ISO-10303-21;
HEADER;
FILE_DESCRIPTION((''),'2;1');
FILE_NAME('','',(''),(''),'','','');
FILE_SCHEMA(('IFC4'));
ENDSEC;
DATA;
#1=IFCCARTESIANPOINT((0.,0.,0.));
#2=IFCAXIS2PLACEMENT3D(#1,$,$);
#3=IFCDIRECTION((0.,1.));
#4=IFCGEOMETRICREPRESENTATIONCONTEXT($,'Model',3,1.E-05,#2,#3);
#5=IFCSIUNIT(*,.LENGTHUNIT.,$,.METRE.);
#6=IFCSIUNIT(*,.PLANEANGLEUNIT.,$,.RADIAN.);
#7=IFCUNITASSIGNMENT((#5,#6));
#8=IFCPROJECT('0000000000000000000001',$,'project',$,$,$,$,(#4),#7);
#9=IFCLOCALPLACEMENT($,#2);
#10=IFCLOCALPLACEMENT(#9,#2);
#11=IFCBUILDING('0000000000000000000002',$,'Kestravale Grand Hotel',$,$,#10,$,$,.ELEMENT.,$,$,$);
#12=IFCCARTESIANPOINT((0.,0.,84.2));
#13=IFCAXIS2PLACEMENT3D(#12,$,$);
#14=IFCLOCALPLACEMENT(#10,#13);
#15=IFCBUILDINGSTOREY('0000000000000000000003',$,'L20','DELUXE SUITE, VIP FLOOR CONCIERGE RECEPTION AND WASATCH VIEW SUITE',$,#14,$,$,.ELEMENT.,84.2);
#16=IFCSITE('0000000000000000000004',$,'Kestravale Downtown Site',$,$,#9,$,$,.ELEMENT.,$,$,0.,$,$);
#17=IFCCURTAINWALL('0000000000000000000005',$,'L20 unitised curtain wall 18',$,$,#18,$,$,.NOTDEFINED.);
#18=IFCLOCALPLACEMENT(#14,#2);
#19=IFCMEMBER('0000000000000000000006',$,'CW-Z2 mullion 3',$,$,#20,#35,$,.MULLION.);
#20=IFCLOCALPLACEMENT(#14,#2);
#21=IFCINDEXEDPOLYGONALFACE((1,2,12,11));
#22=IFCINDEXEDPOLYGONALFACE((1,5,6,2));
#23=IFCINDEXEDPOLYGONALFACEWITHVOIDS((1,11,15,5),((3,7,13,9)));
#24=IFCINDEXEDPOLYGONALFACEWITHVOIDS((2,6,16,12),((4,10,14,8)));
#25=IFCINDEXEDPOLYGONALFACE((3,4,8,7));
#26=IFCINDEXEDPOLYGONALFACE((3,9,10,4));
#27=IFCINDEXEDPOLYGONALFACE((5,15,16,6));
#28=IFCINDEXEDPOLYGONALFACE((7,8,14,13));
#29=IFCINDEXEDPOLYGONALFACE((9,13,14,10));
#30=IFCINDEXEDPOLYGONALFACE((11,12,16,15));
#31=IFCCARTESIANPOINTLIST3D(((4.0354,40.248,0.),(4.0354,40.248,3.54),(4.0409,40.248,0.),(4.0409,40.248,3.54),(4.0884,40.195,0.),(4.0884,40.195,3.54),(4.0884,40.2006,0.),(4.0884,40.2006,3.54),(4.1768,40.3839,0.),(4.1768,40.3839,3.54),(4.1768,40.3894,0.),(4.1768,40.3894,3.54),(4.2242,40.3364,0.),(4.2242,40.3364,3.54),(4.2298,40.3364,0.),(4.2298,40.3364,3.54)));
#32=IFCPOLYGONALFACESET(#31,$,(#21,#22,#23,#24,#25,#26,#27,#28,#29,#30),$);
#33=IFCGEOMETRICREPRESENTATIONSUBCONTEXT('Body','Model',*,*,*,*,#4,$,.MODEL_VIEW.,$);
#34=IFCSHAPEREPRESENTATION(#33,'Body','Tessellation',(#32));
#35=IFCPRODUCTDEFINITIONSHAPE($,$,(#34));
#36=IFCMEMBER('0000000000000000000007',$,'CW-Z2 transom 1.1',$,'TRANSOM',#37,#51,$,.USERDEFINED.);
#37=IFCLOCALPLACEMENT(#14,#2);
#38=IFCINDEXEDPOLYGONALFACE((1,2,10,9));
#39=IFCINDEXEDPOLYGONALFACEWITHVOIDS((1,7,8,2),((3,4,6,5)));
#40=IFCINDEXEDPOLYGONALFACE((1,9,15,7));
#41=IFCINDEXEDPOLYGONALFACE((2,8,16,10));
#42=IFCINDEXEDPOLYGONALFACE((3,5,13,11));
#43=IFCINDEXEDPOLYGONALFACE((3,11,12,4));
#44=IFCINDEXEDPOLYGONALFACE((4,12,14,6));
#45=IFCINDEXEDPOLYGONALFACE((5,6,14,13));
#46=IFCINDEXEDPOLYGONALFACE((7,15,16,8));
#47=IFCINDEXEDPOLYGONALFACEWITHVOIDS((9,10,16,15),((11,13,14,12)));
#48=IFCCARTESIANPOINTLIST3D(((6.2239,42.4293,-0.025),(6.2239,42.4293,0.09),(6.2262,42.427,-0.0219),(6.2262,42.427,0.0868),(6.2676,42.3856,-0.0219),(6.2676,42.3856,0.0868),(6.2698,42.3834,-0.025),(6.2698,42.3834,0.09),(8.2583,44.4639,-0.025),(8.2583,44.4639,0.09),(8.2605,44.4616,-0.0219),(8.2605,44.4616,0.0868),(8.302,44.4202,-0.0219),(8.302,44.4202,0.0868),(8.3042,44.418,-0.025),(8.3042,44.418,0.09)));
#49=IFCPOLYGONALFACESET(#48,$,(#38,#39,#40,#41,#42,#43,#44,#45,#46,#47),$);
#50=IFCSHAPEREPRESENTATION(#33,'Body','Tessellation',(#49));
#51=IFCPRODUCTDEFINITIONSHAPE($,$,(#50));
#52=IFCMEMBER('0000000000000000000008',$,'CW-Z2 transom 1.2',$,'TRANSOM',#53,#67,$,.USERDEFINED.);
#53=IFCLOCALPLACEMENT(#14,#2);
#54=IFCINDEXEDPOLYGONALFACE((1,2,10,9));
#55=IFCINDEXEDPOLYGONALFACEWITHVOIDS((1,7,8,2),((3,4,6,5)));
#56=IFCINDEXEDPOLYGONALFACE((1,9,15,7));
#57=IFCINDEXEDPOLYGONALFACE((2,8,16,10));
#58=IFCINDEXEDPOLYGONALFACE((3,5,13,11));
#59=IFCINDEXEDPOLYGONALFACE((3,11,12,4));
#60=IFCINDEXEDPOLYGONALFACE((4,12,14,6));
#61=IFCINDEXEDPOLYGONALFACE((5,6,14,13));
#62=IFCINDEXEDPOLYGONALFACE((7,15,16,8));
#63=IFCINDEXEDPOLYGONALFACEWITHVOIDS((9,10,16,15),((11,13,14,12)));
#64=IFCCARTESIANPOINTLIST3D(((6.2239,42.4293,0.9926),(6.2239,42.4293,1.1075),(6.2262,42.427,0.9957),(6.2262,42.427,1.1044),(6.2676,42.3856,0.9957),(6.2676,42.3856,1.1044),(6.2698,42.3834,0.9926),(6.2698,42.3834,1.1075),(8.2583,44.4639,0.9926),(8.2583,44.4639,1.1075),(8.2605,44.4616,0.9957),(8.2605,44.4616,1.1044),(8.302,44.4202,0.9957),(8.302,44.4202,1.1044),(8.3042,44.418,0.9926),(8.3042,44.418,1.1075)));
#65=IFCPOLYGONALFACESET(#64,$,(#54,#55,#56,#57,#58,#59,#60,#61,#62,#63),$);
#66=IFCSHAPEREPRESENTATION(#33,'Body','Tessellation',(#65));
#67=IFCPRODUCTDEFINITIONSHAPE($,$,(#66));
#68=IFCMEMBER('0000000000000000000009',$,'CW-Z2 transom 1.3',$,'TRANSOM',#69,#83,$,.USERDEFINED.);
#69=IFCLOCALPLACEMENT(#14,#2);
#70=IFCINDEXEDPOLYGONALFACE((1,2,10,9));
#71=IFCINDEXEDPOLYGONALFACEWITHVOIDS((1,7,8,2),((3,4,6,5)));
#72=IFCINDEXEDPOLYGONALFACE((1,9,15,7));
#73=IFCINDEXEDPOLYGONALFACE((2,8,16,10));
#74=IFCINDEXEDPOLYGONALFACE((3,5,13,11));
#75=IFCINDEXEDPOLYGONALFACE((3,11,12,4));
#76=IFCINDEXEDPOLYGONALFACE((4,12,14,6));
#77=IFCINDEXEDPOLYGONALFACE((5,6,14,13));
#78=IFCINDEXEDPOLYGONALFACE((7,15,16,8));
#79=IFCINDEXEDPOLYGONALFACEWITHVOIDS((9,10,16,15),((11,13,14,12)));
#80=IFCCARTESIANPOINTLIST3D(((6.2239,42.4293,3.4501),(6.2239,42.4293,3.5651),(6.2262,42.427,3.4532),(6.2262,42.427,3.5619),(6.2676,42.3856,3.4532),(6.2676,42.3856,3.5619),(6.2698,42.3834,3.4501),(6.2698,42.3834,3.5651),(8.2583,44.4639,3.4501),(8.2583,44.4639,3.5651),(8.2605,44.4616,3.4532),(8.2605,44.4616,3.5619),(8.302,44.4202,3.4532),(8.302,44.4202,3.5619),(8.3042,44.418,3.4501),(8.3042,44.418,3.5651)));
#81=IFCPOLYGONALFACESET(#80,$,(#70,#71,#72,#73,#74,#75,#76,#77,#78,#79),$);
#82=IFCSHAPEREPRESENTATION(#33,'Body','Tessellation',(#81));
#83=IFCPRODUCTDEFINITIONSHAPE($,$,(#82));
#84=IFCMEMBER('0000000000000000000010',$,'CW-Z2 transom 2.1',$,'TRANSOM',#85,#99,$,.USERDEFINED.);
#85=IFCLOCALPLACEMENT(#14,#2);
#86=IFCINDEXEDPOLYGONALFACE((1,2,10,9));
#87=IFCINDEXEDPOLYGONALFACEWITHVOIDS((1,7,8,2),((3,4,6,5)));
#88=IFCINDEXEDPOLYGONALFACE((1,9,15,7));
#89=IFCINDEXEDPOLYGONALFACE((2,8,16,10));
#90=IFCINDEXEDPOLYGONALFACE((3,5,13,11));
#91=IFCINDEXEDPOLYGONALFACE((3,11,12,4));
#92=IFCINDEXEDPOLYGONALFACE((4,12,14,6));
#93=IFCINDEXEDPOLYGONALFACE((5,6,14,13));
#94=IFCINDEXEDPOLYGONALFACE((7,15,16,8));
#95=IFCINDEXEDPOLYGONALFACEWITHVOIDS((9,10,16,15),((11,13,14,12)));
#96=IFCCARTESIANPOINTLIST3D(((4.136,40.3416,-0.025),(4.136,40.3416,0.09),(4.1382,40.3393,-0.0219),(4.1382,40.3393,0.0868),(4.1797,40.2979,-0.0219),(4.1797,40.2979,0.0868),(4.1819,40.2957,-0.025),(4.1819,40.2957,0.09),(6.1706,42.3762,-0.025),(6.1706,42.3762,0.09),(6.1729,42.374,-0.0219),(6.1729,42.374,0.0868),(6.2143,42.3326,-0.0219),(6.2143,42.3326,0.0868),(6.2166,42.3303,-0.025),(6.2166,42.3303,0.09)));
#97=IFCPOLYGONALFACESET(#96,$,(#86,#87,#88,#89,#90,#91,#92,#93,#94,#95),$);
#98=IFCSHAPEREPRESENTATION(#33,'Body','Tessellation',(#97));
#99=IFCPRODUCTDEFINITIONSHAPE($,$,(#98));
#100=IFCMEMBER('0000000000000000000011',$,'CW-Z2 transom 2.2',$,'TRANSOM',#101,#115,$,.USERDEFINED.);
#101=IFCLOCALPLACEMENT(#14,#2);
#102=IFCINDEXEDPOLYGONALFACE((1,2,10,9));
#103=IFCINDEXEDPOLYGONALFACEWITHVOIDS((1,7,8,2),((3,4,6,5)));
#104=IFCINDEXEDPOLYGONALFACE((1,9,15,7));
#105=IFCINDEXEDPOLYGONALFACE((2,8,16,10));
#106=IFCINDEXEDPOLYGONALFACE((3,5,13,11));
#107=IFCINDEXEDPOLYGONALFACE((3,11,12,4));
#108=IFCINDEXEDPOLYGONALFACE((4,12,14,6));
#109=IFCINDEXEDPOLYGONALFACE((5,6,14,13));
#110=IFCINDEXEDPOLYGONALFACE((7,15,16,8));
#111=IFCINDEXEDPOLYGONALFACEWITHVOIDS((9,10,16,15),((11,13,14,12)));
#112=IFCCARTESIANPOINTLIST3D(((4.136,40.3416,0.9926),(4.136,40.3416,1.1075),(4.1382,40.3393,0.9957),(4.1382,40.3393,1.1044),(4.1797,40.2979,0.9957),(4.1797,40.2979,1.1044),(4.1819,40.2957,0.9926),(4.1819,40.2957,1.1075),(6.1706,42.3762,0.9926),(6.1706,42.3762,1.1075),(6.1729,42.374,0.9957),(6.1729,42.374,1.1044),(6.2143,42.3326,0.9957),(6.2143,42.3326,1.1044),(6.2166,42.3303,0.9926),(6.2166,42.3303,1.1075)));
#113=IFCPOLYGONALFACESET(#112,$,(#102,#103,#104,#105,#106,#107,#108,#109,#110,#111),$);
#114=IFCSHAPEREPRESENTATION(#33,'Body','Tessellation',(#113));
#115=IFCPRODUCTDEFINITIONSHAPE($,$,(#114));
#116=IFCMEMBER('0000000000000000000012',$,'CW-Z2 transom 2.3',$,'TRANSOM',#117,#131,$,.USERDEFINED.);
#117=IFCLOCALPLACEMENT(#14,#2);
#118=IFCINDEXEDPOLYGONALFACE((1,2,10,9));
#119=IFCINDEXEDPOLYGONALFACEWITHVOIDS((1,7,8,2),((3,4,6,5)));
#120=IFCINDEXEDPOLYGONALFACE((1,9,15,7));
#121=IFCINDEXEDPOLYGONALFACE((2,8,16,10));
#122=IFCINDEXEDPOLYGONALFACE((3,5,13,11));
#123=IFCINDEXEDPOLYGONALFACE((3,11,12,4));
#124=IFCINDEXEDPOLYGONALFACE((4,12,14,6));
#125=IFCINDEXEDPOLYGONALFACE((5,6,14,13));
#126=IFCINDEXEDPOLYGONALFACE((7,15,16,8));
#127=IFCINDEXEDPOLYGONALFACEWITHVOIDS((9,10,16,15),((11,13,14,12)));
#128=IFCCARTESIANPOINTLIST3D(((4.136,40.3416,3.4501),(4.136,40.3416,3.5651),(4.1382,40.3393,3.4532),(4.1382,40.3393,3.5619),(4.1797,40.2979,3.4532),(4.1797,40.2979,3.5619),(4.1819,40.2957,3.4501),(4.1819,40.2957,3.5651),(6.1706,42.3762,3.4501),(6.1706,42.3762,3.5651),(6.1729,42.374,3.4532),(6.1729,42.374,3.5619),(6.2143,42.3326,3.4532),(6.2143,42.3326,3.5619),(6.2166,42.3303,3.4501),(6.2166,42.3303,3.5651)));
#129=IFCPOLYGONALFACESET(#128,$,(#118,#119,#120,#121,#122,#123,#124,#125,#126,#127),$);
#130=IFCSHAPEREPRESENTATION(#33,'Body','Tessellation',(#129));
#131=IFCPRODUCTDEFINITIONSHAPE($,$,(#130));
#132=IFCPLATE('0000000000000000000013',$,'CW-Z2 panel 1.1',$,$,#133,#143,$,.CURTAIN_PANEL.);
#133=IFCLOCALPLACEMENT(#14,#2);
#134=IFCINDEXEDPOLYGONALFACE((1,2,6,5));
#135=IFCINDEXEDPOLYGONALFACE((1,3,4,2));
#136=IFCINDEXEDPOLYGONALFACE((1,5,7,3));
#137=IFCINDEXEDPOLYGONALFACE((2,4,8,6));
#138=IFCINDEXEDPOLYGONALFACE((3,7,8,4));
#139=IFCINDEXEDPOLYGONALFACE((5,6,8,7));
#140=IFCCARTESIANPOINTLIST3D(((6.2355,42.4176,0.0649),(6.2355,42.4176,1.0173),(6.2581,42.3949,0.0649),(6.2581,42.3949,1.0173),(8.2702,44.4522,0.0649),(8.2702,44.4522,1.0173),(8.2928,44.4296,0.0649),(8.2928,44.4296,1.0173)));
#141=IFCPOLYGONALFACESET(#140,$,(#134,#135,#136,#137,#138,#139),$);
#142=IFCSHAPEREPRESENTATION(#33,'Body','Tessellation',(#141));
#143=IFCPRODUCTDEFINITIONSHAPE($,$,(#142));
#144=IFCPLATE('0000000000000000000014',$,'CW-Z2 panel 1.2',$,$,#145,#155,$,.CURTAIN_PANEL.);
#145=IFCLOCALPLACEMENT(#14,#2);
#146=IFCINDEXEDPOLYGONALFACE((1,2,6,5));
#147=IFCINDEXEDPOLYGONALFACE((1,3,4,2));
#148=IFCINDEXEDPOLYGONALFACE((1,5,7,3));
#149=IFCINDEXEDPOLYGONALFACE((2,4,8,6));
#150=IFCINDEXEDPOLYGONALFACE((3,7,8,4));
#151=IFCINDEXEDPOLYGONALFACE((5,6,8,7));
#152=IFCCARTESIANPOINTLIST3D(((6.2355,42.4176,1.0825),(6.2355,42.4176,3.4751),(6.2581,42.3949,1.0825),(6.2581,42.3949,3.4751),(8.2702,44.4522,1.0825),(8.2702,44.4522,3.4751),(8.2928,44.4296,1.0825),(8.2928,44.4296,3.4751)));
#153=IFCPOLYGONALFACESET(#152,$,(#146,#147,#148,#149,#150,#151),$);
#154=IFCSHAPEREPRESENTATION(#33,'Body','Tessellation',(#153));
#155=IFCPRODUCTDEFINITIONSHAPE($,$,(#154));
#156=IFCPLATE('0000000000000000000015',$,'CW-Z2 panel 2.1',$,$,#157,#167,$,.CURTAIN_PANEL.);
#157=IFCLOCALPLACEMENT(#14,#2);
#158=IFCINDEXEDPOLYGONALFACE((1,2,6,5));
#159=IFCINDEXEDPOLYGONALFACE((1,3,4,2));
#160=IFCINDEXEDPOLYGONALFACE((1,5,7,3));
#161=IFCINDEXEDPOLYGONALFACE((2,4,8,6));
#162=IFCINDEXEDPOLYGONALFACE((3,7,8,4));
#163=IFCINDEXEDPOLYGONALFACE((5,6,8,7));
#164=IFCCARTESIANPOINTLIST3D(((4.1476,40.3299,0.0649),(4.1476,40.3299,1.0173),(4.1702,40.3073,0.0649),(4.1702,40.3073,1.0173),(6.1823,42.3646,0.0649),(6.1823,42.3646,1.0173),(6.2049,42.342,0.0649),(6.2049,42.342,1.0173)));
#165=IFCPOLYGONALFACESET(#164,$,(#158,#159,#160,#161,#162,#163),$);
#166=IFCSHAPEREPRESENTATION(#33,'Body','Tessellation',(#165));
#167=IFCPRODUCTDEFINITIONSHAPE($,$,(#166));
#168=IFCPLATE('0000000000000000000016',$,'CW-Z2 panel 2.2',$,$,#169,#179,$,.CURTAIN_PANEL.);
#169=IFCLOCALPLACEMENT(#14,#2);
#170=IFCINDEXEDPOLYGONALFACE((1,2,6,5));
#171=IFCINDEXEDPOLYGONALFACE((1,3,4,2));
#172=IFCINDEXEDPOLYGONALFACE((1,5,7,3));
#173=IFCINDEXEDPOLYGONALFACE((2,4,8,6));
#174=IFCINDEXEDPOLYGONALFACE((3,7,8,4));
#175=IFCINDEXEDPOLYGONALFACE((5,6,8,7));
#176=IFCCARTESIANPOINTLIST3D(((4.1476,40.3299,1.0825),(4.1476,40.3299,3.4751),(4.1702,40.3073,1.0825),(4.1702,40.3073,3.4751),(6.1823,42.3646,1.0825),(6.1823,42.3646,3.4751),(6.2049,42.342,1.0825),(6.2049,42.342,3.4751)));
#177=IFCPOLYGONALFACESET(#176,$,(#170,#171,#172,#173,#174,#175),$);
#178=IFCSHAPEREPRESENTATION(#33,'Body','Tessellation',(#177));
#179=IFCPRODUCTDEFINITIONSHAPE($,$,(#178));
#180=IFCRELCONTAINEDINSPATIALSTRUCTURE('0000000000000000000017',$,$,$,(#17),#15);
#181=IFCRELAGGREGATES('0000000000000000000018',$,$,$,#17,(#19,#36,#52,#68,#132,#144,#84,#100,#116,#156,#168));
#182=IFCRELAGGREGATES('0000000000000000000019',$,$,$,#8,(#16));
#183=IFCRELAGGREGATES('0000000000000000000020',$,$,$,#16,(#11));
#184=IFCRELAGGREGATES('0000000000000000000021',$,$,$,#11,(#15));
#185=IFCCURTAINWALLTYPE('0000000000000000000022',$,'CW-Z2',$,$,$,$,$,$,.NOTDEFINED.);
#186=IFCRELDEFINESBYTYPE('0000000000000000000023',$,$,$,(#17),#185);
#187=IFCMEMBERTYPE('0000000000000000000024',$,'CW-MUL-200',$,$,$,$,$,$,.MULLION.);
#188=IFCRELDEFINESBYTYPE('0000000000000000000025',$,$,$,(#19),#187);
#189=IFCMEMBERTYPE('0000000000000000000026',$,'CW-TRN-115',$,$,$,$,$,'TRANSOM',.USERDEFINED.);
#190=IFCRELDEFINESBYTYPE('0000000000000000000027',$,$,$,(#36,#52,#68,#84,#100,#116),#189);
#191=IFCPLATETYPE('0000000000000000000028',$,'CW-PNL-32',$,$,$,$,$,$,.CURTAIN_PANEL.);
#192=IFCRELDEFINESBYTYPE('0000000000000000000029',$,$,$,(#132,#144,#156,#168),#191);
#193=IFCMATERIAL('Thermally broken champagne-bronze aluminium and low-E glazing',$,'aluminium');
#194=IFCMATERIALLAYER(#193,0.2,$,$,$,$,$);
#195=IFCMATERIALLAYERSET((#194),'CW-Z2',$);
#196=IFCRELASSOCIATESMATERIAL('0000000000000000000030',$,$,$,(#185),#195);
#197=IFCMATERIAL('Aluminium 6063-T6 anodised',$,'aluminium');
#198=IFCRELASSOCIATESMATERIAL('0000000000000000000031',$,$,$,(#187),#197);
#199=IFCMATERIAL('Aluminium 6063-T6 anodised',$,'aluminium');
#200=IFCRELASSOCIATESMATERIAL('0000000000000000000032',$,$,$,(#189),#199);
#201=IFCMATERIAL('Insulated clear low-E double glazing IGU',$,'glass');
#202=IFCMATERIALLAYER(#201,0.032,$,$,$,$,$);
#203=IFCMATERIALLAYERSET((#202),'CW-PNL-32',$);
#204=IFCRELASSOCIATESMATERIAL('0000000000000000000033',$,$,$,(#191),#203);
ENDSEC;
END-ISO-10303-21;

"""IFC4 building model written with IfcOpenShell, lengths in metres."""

from ifc_helpers import new_model, si_unit, direction, frame, origin, origin_2d, place, context, subcontext, project, spatial, rectangle, hollow_rectangle, extrude, material, layer, layer_set, material_profile, profile_set, type_object, element, aggregate, save


model = new_model("IFC4")

# Units and contexts
model_context = context("Model", 3, precision=1e-05, world=origin(), true_north=direction((0.0, 1.0)))
body_context = subcontext(model_context, "Body", "Model", "MODEL_VIEW")
ifc_project = project(units=[si_unit("LENGTHUNIT", "METRE"), si_unit("PLANEANGLEUNIT", "RADIAN")], contexts=[model_context])

# Site, building, storey
site_placement = place(None, origin())
site = spatial("IfcSite", under=ifc_project, at=site_placement, Name="Kestravale Downtown Site", CompositionType="ELEMENT", RefElevation=0.0)
building_placement = place(site_placement, origin())
building = spatial("IfcBuilding", under=site, at=building_placement, Name="Kestravale Grand Hotel", CompositionType="ELEMENT")
storey_placement = place(building_placement, frame((0.0, 0.0, 84.2)))
storey = spatial("IfcBuildingStorey", under=building, at=storey_placement, Name="L20", Description="DELUXE SUITE, VIP FLOOR CONCIERGE RECEPTION AND WASATCH VIEW SUITE", CompositionType="ELEMENT", Elevation=84.2)

# Curtain wall, members, plates
ifc_material_1 = material(Name="Thermally broken champagne-bronze aluminium and low-E glazing", Category="aluminium")
ifc_layer_1 = layer(ifc_material_1, 0.2)
ifc_layer_set_1 = layer_set([ifc_layer_1], Name="CW-Z2")
curtain_wall_type = type_object("IfcCurtainWallType", Name="CW-Z2", PredefinedType="NOTDEFINED", material=ifc_layer_set_1)
curtain_wall_placement = place(storey_placement, origin())
curtain_wall = element("IfcCurtainWall", 1, at=curtain_wall_placement, inside=storey, type_object=curtain_wall_type, Name="L20 unitised curtain wall 18", PredefinedType="NOTDEFINED")
ifc_material_2 = material(Name="Aluminium 6063-T6 anodised", Category="aluminium")
ifc_material_profile_1 = material_profile(ifc_material_2, hollow_rectangle(XDim=0.075, YDim=0.2, WallThickness=0.0039, at=origin_2d()))
ifc_profile_set_1 = profile_set([ifc_material_profile_1], Name="Aluminium 6063-T6 anodised")
member_type_1 = type_object("IfcMemberType", Name="CW-MUL-200", PredefinedType="MULLION", material=ifc_profile_set_1)
member_1_placement = place(storey_placement, frame((4.1326, 40.2922, 0.0), z_axis=(0.0, 0.0, 1.0), x_axis=(0.707107, -0.707107, 0.0)))
member_1 = element("IfcMember", 2, at=member_1_placement, type_object=member_type_1, Name="CW-Z2 mullion 3", PredefinedType="MULLION", context=body_context, shape_type="SweptSolid", body=[
    extrude(hollow_rectangle(XDim=0.075, YDim=0.2, WallThickness=0.0039, at=origin_2d()), origin(), (0.0, 0.0, 1.0), 3.54),
])
ifc_material_3 = material(Name="Aluminium 6063-T6 anodised", Category="aluminium")
ifc_material_profile_2 = material_profile(ifc_material_3, hollow_rectangle(XDim=0.0649, YDim=0.115, WallThickness=0.0032, at=origin_2d()))
ifc_profile_set_2 = profile_set([ifc_material_profile_2], Name="Aluminium 6063-T6 anodised")
member_type_2 = type_object("IfcMemberType", Name="CW-TRN-115", ElementType="TRANSOM", PredefinedType="USERDEFINED", material=ifc_profile_set_2)
member_2_placement = place(storey_placement, frame((8.2812, 44.4409, 0.0325), z_axis=(-0.707064, -0.707149, 0.0), x_axis=(0.707149, -0.707064, 0.0)))
member_2 = element("IfcMember", 3, at=member_2_placement, type_object=member_type_2, Name="CW-Z2 transom 1.1", ObjectType="TRANSOM", PredefinedType="USERDEFINED", context=body_context, shape_type="SweptSolid", body=[
    extrude(hollow_rectangle(XDim=0.0649, YDim=0.115, WallThickness=0.0032, at=origin_2d()), origin(), (0.0, 0.0, 1.0), 2.8772),
])
member_3_placement = place(storey_placement, frame((8.2812, 44.4409, 1.05), z_axis=(-0.707064, -0.707149, 0.0), x_axis=(0.707149, -0.707064, 0.0)))
member_3 = element("IfcMember", 4, at=member_3_placement, type_object=member_type_2, Name="CW-Z2 transom 1.2", ObjectType="TRANSOM", PredefinedType="USERDEFINED", context=body_context, shape_type="SweptSolid", body=[
    extrude(hollow_rectangle(XDim=0.0649, YDim=0.115, WallThickness=0.0032, at=origin_2d()), origin(), (0.0, 0.0, 1.0), 2.8772),
])
member_4_placement = place(storey_placement, frame((8.2812, 44.4409, 3.5076), z_axis=(-0.707064, -0.707149, 0.0), x_axis=(0.707149, -0.707064, 0.0)))
member_4 = element("IfcMember", 5, at=member_4_placement, type_object=member_type_2, Name="CW-Z2 transom 1.3", ObjectType="TRANSOM", PredefinedType="USERDEFINED", context=body_context, shape_type="SweptSolid", body=[
    extrude(hollow_rectangle(XDim=0.0649, YDim=0.115, WallThickness=0.0032, at=origin_2d()), origin(), (0.0, 0.0, 1.0), 2.8772),
])
member_5_placement = place(storey_placement, frame((6.1936, 42.3533, 0.0325), z_axis=(-0.707107, -0.707107, 0.0), x_axis=(0.707107, -0.707107, 0.0)))
member_5 = element("IfcMember", 6, at=member_5_placement, type_object=member_type_2, Name="CW-Z2 transom 2.1", ObjectType="TRANSOM", PredefinedType="USERDEFINED", context=body_context, shape_type="SweptSolid", body=[
    extrude(hollow_rectangle(XDim=0.0649, YDim=0.115, WallThickness=0.0032, at=origin_2d()), origin(), (0.0, 0.0, 1.0), 2.8774),
])
member_6_placement = place(storey_placement, frame((6.1936, 42.3533, 1.05), z_axis=(-0.707107, -0.707107, 0.0), x_axis=(0.707107, -0.707107, 0.0)))
member_6 = element("IfcMember", 7, at=member_6_placement, type_object=member_type_2, Name="CW-Z2 transom 2.2", ObjectType="TRANSOM", PredefinedType="USERDEFINED", context=body_context, shape_type="SweptSolid", body=[
    extrude(hollow_rectangle(XDim=0.0649, YDim=0.115, WallThickness=0.0032, at=origin_2d()), origin(), (0.0, 0.0, 1.0), 2.8774),
])
member_7_placement = place(storey_placement, frame((6.1936, 42.3533, 3.5076), z_axis=(-0.707107, -0.707107, 0.0), x_axis=(0.707107, -0.707107, 0.0)))
member_7 = element("IfcMember", 8, at=member_7_placement, type_object=member_type_2, Name="CW-Z2 transom 2.3", ObjectType="TRANSOM", PredefinedType="USERDEFINED", context=body_context, shape_type="SweptSolid", body=[
    extrude(hollow_rectangle(XDim=0.0649, YDim=0.115, WallThickness=0.0032, at=origin_2d()), origin(), (0.0, 0.0, 1.0), 2.8774),
])
ifc_material_4 = material(Name="Insulated clear low-E double glazing IGU", Category="glass")
ifc_layer_2 = layer(ifc_material_4, 0.032)
ifc_layer_set_2 = layer_set([ifc_layer_2], Name="CW-PNL-32")
plate_type = type_object("IfcPlateType", Name="CW-PNL-32", PredefinedType="CURTAIN_PANEL", material=ifc_layer_set_2)
plate_1_placement = place(storey_placement, frame((7.2642, 43.4236, 0.0649), z_axis=(0.0, 0.0, 1.0), x_axis=(-0.707107, -0.707107, 0.0)))
plate_1 = element("IfcPlate", 9, at=plate_1_placement, type_object=plate_type, Name="CW-Z2 panel 1.1", PredefinedType="CURTAIN_PANEL", context=body_context, shape_type="SweptSolid", body=[
    extrude(rectangle(XDim=2.8774, YDim=0.032, at=origin_2d()), origin(), (0.0, 0.0, 1.0), 0.9524),
])
plate_2_placement = place(storey_placement, frame((7.2642, 43.4236, 1.0825), z_axis=(0.0, 0.0, 1.0), x_axis=(-0.707107, -0.707107, 0.0)))
plate_2 = element("IfcPlate", 10, at=plate_2_placement, type_object=plate_type, Name="CW-Z2 panel 1.2", PredefinedType="CURTAIN_PANEL", context=body_context, shape_type="SweptSolid", body=[
    extrude(rectangle(XDim=2.8774, YDim=0.032, at=origin_2d()), origin(), (0.0, 0.0, 1.0), 2.3926),
])
plate_3_placement = place(storey_placement, frame((5.1763, 41.3359, 0.0649), z_axis=(0.0, 0.0, 1.0), x_axis=(-0.707107, -0.707107, 0.0)))
plate_3 = element("IfcPlate", 11, at=plate_3_placement, type_object=plate_type, Name="CW-Z2 panel 2.1", PredefinedType="CURTAIN_PANEL", context=body_context, shape_type="SweptSolid", body=[
    extrude(rectangle(XDim=2.8774, YDim=0.032, at=origin_2d()), origin(), (0.0, 0.0, 1.0), 0.9524),
])
plate_4_placement = place(storey_placement, frame((5.1763, 41.3359, 1.0825), z_axis=(0.0, 0.0, 1.0), x_axis=(-0.707107, -0.707107, 0.0)))
plate_4 = element("IfcPlate", 12, at=plate_4_placement, type_object=plate_type, Name="CW-Z2 panel 2.2", PredefinedType="CURTAIN_PANEL", context=body_context, shape_type="SweptSolid", body=[
    extrude(rectangle(XDim=2.8774, YDim=0.032, at=origin_2d()), origin(), (0.0, 0.0, 1.0), 2.3926),
])
aggregate(curtain_wall, [member_1, member_2, member_3, member_4, plate_1, plate_2, member_5, member_6, member_7, plate_3, plate_4])

save(model, "model.ifc")
